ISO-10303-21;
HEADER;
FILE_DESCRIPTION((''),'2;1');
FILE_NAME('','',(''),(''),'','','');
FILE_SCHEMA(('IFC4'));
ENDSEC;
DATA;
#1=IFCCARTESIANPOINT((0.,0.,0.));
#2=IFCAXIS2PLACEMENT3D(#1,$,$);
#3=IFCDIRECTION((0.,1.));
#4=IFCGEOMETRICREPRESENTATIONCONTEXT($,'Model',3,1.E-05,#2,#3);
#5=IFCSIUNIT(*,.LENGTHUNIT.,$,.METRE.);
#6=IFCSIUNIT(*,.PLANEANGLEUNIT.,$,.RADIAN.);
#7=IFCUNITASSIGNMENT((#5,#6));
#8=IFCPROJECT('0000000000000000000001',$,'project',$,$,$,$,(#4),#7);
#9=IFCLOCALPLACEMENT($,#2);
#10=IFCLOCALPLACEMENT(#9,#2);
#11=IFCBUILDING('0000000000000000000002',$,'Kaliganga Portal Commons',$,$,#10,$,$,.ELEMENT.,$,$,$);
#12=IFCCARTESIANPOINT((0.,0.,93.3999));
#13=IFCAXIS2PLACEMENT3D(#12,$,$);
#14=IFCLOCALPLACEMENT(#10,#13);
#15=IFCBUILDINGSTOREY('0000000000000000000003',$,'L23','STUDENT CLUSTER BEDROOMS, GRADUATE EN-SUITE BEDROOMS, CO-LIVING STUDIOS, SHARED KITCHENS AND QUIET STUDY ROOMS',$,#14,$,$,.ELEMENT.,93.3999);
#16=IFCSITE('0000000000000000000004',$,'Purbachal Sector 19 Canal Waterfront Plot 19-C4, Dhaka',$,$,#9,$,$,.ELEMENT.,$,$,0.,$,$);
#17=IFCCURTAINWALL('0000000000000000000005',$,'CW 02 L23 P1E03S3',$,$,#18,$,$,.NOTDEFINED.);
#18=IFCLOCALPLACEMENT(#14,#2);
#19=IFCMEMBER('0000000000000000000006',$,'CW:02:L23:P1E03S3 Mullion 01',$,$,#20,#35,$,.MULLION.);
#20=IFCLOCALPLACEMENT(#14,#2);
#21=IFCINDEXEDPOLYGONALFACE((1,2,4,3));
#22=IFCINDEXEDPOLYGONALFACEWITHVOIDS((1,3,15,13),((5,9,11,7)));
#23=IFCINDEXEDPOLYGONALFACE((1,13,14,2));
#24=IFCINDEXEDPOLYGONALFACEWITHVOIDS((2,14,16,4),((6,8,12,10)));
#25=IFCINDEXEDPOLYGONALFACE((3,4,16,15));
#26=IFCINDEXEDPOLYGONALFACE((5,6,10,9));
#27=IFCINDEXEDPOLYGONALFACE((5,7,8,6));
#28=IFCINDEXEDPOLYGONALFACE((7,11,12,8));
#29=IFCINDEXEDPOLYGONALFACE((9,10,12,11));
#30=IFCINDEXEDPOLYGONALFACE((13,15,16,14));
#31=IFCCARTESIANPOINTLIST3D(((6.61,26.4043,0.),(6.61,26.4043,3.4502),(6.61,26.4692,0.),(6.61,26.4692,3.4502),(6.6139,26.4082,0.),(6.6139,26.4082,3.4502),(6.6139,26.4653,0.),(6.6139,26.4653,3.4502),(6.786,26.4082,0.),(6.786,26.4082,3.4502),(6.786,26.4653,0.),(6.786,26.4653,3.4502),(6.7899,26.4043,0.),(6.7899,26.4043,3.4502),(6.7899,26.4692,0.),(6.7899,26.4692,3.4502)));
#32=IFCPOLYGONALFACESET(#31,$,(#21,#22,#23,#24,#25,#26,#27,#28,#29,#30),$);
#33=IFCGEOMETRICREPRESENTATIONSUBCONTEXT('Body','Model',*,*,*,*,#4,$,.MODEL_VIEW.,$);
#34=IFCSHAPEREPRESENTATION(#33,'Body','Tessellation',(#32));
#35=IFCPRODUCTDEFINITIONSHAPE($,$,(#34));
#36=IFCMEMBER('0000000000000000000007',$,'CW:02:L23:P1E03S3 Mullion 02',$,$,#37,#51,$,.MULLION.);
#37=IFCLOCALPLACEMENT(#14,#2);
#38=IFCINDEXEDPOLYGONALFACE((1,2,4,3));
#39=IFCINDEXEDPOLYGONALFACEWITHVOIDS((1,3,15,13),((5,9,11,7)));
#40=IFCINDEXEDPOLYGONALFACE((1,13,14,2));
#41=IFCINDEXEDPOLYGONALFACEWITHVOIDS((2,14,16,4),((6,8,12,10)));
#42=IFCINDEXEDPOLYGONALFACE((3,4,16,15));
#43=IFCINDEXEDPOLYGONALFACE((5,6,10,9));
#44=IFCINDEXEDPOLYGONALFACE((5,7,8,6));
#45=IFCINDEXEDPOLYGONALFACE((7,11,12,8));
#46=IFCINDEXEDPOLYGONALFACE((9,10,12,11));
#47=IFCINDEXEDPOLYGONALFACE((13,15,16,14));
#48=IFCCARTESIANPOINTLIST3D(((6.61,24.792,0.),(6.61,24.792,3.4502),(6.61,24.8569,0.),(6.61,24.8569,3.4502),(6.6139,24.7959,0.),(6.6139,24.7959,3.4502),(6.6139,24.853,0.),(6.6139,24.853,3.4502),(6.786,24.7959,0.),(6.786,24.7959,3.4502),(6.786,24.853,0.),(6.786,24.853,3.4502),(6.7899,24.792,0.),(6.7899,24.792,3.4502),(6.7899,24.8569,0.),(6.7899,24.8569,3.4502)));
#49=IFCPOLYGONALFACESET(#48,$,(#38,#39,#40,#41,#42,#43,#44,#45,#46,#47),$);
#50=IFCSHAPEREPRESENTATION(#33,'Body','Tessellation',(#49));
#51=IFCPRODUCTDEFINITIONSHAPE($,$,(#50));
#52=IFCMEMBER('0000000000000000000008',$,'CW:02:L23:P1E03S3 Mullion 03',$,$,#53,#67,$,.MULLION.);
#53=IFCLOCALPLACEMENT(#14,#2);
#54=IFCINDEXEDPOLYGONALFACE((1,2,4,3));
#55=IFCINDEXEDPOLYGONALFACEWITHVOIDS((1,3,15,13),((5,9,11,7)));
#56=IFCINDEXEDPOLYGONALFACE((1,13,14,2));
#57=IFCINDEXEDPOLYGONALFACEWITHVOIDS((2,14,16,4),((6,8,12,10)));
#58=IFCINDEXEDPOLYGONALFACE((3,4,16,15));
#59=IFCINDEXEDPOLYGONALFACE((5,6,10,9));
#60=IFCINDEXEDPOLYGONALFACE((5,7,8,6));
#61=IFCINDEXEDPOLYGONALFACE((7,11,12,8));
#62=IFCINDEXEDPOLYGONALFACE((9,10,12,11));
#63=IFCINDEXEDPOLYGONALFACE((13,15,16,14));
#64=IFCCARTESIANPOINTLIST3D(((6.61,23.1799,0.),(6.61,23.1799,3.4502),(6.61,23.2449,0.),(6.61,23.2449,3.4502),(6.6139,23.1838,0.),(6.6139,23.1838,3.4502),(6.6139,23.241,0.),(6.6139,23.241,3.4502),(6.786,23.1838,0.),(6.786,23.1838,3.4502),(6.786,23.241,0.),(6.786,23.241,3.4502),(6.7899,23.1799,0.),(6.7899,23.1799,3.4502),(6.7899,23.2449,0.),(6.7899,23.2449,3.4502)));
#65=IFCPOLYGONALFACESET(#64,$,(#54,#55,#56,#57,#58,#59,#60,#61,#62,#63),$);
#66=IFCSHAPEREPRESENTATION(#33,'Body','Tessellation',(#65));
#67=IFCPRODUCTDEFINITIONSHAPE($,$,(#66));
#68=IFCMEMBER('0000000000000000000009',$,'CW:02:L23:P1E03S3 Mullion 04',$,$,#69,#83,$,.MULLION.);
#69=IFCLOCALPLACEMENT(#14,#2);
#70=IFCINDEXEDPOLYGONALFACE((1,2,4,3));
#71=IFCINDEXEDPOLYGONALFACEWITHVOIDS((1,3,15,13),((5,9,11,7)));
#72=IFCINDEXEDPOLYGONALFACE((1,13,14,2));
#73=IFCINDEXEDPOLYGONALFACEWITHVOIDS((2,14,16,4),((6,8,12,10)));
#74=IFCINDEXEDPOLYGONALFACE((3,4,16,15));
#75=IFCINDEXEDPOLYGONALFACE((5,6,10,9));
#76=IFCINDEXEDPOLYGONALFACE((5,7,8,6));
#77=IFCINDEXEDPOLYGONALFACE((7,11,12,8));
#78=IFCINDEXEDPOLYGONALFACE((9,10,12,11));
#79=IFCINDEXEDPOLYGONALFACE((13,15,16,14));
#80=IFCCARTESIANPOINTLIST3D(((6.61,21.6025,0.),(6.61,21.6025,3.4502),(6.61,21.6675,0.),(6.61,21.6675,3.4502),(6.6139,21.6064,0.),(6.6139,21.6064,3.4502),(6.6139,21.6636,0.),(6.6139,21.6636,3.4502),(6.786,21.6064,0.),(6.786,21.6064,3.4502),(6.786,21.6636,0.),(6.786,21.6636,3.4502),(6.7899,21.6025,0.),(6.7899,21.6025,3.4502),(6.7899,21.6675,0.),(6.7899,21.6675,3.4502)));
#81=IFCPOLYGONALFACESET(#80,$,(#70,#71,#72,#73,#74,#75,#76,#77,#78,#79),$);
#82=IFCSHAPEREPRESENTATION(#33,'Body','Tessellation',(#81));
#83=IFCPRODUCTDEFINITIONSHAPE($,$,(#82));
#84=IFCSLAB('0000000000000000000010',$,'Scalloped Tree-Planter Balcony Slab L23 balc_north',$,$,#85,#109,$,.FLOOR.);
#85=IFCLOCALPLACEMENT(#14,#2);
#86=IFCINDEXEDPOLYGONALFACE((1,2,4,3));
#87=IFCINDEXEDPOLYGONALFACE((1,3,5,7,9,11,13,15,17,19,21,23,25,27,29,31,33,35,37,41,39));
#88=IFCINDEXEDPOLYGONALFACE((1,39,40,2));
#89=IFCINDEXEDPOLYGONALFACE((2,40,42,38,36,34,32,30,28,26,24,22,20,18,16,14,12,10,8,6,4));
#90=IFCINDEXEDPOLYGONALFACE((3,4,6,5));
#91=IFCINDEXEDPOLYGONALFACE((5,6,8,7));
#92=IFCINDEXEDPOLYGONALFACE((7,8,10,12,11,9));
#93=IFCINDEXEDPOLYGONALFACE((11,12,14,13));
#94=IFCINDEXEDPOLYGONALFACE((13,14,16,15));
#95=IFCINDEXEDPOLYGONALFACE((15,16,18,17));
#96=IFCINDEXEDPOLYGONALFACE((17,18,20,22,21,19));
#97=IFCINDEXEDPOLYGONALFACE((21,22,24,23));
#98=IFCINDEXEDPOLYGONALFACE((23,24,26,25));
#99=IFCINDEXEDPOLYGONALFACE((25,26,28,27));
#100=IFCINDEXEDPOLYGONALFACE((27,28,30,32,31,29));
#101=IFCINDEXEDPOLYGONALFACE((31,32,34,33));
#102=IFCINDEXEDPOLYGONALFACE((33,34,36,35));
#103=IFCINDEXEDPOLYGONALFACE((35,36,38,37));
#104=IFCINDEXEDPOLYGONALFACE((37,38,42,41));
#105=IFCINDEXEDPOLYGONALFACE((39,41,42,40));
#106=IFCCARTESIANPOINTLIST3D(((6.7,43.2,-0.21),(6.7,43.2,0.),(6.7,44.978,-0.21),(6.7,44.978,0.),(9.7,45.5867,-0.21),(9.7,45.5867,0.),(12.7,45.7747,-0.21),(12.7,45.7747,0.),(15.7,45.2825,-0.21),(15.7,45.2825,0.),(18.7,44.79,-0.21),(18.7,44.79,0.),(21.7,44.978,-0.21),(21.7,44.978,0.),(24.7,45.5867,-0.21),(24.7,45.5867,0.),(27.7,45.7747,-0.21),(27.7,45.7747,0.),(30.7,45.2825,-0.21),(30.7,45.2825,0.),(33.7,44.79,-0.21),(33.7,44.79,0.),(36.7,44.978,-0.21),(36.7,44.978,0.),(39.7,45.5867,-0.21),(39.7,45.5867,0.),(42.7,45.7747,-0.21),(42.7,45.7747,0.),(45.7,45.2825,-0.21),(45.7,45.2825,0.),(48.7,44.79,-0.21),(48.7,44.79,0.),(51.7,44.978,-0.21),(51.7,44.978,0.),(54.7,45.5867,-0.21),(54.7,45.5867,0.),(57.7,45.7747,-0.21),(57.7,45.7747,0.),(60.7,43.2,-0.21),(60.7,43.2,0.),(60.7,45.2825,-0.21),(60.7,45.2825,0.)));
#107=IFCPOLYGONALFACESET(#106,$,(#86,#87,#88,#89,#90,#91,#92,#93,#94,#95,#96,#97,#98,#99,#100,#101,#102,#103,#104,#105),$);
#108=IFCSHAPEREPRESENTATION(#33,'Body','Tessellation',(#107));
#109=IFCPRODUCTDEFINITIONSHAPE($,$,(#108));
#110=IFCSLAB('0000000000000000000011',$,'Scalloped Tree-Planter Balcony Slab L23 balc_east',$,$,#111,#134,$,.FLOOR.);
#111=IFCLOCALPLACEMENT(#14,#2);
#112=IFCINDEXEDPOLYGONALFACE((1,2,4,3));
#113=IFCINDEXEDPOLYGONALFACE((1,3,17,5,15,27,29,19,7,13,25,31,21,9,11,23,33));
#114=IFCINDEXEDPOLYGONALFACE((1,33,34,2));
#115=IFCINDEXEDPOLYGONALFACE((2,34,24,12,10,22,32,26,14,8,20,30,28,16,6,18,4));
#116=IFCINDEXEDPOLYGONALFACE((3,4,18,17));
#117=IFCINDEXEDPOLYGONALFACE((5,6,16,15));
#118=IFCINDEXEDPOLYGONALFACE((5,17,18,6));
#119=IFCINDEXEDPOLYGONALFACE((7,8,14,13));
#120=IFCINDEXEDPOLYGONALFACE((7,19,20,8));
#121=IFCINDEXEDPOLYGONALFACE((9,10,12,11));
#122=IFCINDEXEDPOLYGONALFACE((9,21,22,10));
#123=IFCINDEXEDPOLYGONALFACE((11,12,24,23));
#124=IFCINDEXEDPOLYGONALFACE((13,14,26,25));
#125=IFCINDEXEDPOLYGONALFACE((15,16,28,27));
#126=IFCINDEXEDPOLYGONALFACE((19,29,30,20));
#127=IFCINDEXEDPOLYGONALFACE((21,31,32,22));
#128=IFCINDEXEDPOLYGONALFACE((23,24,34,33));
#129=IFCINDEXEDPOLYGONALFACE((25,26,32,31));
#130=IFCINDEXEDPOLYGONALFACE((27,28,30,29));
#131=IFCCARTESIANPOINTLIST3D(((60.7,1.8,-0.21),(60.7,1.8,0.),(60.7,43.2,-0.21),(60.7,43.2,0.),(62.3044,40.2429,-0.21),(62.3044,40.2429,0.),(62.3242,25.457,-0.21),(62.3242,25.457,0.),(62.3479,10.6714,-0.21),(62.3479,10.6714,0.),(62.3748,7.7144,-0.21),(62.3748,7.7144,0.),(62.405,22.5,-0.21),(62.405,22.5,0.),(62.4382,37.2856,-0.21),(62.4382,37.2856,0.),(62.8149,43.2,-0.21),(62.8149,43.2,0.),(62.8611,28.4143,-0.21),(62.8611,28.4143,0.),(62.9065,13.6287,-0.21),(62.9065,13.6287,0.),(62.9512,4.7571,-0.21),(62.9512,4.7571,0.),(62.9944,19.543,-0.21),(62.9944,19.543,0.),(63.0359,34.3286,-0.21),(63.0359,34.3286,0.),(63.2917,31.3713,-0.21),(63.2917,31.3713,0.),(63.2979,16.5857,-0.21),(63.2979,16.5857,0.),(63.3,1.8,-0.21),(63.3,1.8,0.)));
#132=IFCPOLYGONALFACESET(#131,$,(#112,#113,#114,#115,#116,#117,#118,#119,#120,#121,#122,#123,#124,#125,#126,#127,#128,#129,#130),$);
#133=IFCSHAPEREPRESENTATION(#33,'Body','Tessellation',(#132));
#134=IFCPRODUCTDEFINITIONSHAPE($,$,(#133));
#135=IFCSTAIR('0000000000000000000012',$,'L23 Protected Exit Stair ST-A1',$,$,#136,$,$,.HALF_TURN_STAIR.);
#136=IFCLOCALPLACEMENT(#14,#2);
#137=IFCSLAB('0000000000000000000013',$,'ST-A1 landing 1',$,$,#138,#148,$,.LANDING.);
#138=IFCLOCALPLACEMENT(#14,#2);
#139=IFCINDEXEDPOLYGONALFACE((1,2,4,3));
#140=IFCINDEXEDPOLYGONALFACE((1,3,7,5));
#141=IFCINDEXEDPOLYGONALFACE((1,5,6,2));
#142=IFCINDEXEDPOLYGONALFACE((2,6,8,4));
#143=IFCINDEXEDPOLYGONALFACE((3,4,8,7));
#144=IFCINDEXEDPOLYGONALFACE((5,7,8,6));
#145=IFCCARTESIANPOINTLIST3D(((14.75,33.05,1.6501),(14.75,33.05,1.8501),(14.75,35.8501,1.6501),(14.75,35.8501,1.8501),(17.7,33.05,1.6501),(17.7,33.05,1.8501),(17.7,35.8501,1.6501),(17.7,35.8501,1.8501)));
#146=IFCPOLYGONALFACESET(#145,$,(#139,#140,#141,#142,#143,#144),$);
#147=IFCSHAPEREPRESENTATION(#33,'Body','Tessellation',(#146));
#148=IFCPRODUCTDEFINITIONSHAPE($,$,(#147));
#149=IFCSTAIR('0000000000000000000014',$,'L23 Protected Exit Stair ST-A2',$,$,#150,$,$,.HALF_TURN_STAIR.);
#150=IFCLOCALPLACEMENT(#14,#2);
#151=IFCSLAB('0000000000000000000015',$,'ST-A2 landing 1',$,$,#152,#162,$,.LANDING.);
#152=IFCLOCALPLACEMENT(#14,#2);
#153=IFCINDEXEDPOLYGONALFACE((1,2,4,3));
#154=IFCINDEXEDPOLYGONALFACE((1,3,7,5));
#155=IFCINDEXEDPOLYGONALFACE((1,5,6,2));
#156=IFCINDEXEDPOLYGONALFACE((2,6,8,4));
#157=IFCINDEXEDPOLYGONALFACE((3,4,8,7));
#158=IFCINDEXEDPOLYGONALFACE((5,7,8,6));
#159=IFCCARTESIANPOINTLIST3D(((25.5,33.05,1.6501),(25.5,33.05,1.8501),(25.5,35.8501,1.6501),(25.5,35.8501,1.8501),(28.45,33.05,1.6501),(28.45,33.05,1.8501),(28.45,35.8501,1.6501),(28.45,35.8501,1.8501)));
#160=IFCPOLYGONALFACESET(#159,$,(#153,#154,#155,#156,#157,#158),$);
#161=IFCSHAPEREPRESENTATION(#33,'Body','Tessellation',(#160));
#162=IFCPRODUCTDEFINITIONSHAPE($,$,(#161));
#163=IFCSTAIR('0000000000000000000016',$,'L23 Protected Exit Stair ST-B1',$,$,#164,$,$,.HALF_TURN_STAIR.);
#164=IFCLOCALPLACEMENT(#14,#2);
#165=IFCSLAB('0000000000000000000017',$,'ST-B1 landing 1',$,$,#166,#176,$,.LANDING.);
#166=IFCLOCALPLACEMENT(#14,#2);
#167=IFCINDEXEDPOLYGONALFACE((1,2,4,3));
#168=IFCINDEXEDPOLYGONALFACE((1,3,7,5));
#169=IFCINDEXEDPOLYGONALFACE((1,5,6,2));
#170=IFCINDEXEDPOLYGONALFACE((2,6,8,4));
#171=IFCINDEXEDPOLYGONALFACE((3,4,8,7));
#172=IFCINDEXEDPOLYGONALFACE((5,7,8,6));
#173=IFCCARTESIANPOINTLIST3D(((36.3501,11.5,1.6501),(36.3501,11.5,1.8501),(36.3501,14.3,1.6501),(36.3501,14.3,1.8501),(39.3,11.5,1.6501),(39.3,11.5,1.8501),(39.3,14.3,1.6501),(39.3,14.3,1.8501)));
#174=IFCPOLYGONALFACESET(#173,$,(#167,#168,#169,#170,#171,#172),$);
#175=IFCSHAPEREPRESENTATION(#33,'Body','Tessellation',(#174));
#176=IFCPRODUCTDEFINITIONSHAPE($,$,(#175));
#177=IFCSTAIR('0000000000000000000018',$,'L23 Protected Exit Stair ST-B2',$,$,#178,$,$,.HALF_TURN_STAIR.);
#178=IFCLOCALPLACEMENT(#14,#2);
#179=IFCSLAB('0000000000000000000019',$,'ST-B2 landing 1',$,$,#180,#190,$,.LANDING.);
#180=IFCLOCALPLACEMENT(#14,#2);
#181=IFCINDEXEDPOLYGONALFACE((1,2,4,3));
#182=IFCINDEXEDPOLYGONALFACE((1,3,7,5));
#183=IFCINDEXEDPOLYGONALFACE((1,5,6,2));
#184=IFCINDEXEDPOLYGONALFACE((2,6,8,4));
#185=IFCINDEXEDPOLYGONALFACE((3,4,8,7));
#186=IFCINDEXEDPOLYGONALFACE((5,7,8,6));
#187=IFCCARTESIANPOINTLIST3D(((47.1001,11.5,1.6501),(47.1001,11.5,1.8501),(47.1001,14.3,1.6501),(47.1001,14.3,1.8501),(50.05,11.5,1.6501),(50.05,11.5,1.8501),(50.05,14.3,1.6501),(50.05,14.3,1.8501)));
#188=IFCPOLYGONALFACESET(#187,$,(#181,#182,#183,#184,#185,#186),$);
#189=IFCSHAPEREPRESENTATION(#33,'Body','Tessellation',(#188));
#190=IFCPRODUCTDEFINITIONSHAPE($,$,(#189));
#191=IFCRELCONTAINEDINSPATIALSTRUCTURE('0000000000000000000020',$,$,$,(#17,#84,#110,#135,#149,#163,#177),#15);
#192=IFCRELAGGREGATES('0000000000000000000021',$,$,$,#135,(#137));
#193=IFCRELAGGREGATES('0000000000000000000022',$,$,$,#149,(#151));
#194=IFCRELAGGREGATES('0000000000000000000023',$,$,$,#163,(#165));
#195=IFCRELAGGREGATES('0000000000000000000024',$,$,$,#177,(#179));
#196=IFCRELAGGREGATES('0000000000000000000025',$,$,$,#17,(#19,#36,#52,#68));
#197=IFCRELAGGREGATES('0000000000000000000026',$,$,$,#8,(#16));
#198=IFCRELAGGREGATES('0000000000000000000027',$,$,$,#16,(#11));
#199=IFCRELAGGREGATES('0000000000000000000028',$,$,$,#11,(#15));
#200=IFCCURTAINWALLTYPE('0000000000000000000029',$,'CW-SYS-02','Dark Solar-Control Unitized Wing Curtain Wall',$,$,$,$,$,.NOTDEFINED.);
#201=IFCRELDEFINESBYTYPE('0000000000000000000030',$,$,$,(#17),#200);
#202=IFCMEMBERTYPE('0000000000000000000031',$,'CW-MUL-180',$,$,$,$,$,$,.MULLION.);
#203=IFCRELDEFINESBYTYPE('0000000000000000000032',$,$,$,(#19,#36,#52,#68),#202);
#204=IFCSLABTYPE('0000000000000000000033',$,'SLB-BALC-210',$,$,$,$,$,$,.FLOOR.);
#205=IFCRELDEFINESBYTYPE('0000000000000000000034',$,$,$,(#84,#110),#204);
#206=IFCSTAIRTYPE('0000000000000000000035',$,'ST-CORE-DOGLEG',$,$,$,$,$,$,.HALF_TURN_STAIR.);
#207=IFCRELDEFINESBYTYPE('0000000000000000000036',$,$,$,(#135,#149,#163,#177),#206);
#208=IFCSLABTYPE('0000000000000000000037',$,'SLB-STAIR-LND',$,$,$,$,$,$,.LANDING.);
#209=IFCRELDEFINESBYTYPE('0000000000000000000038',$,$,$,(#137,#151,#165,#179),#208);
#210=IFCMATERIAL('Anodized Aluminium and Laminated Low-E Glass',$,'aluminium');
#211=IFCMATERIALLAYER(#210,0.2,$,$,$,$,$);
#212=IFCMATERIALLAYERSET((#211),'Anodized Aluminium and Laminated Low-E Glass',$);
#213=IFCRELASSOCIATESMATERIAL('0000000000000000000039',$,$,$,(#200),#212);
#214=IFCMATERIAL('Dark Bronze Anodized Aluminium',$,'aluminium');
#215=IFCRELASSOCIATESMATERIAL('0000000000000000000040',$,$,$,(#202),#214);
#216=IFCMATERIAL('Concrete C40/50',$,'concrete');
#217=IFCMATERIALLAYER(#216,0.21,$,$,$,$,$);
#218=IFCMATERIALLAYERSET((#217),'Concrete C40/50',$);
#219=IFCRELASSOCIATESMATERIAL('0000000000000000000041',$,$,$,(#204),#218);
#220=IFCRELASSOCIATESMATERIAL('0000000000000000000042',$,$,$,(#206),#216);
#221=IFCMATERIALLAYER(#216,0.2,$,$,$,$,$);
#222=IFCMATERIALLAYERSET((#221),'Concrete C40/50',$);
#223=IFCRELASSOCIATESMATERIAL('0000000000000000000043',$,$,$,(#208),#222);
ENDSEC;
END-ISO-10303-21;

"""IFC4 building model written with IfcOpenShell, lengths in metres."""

from ifc_helpers import new_model, si_unit, direction, frame, origin, origin_2d, place, context, subcontext, project, spatial, polyline, hollow_rectangle, outline, extrude, source, transform, mapped, material, layer, layer_set, material_profile, profile_set, type_object, element, aggregate, save


model = new_model("IFC4")

# Units and contexts
model_context = context("Model", 3, precision=1e-05, world=origin(), true_north=direction((0.0, 1.0)))
body_context = subcontext(model_context, "Body", "Model", "MODEL_VIEW")
ifc_project = project(units=[si_unit("LENGTHUNIT", "METRE"), si_unit("PLANEANGLEUNIT", "RADIAN")], contexts=[model_context])

# Site, building, storey
site_placement = place(None, origin())
site = spatial("IfcSite", under=ifc_project, at=site_placement, Name="Purbachal Sector 19 Canal Waterfront Plot 19-C4, Dhaka", CompositionType="ELEMENT", RefElevation=0.0)
building_placement = place(site_placement, origin())
building = spatial("IfcBuilding", under=site, at=building_placement, Name="Kaliganga Portal Commons", CompositionType="ELEMENT")
storey_placement = place(building_placement, frame((0.0, 0.0, 93.3999)))
storey = spatial("IfcBuildingStorey", under=building, at=storey_placement, Name="L23", Description="STUDENT CLUSTER BEDROOMS, GRADUATE EN-SUITE BEDROOMS, CO-LIVING STUDIOS, SHARED KITCHENS AND QUIET STUDY ROOMS", CompositionType="ELEMENT", Elevation=93.3999)

# Curtain wall, members
ifc_material_1 = material(Name="Anodized Aluminium and Laminated Low-E Glass", Category="aluminium")
ifc_layer_1 = layer(ifc_material_1, 0.2)
ifc_layer_set_1 = layer_set([ifc_layer_1], Name="Anodized Aluminium and Laminated Low-E Glass")
curtain_wall_type = type_object("IfcCurtainWallType", Name="CW-SYS-02", Description="Dark Solar-Control Unitized Wing Curtain Wall", PredefinedType="NOTDEFINED", material=ifc_layer_set_1)
curtain_wall_placement = place(storey_placement, origin())
curtain_wall = element("IfcCurtainWall", 1, at=curtain_wall_placement, inside=storey, type_object=curtain_wall_type, Name="CW 02 L23 P1E03S3", PredefinedType="NOTDEFINED")
ifc_material_2 = material(Name="Dark Bronze Anodized Aluminium", Category="aluminium")
ifc_material_profile = material_profile(ifc_material_2, hollow_rectangle(XDim=0.0649, YDim=0.1799, WallThickness=0.0039, at=origin_2d()), Name="ALU MULL 65x180x4")
ifc_profile_set = profile_set([ifc_material_profile], Name="Dark Bronze Anodized Aluminium")
member_type = type_object("IfcMemberType", Name="CW-MUL-180", PredefinedType="MULLION", material=ifc_profile_set)
shared_shape_1 = source(origin(), body_context, "Body", "SweptSolid", [
    extrude(hollow_rectangle(XDim=0.0649, YDim=0.1799, WallThickness=0.0039, at=origin_2d()), origin(), (0.0, 0.0, 1.0), 3.4502),
])
member_1_placement = place(storey_placement, frame((6.7, 26.4368, 0.0), z_axis=(0.0, 0.0, 1.0), x_axis=(0.0, -1.0, 0.0)))
member_1 = element("IfcMember", 2, at=member_1_placement, type_object=member_type, Name="CW:02:L23:P1E03S3 Mullion 01", PredefinedType="MULLION", context=body_context, shape_type="MappedRepresentation", body=[
    mapped(shared_shape_1, transform((0.0, 0.0, 0.0), x_axis=(1.0, 0.0, 0.0), y_axis=(0.0, 1.0, 0.0), z_axis=(0.0, 0.0, 1.0), scale=1.0)),
])
member_2_placement = place(storey_placement, frame((6.7, 24.8245, 0.0), z_axis=(0.0, 0.0, 1.0), x_axis=(0.0, -1.0, 0.0)))
member_2 = element("IfcMember", 3, at=member_2_placement, type_object=member_type, Name="CW:02:L23:P1E03S3 Mullion 02", PredefinedType="MULLION", context=body_context, shape_type="MappedRepresentation", body=[
    mapped(shared_shape_1, transform((0.0, 0.0, 0.0), x_axis=(1.0, 0.0, 0.0), y_axis=(0.0, 1.0, 0.0), z_axis=(0.0, 0.0, 1.0), scale=1.0)),
])
member_3_placement = place(storey_placement, frame((6.7, 23.2124, 0.0), z_axis=(0.0, 0.0, 1.0), x_axis=(0.0, -1.0, 0.0)))
member_3 = element("IfcMember", 4, at=member_3_placement, type_object=member_type, Name="CW:02:L23:P1E03S3 Mullion 03", PredefinedType="MULLION", context=body_context, shape_type="MappedRepresentation", body=[
    mapped(shared_shape_1, transform((0.0, 0.0, 0.0), x_axis=(1.0, 0.0, 0.0), y_axis=(0.0, 1.0, 0.0), z_axis=(0.0, 0.0, 1.0), scale=1.0)),
])
member_4_placement = place(storey_placement, frame((6.7, 21.635, 0.0), z_axis=(0.0, 0.0, 1.0), x_axis=(0.0, -1.0, 0.0)))
member_4 = element("IfcMember", 5, at=member_4_placement, type_object=member_type, Name="CW:02:L23:P1E03S3 Mullion 04", PredefinedType="MULLION", context=body_context, shape_type="MappedRepresentation", body=[
    mapped(shared_shape_1, transform((0.0, 0.0, 0.0), x_axis=(1.0, 0.0, 0.0), y_axis=(0.0, 1.0, 0.0), z_axis=(0.0, 0.0, 1.0), scale=1.0)),
])

# Slabs
ifc_material_3 = material(Name="Concrete C40/50", Category="concrete")
ifc_layer_2 = layer(ifc_material_3, 0.21)
ifc_layer_set_2 = layer_set([ifc_layer_2], Name="Concrete C40/50")
slab_type_1 = type_object("IfcSlabType", Name="SLB-BALC-210", PredefinedType="FLOOR", material=ifc_layer_set_2)
slab_1_placement = place(storey_placement, frame((0.0, 0.0, -0.21)))
element("IfcSlab", 6, at=slab_1_placement, inside=storey, type_object=slab_type_1, Name="Scalloped Tree-Planter Balcony Slab L23 balc_north", PredefinedType="FLOOR", context=body_context, shape_type="SweptSolid", body=[
    extrude(outline(polyline([(60.7, 43.2), (60.7, 45.2825), (57.7, 45.7747), (54.7, 45.5867), (51.7, 44.978), (48.7, 44.79), (45.7, 45.2825), (42.7, 45.7747), (39.7, 45.5867), (36.7, 44.978), (33.7, 44.79), (30.7, 45.2825), (27.7, 45.7747), (24.7, 45.5867), (21.7, 44.978), (18.7, 44.79), (15.7, 45.2825), (12.7, 45.7747), (9.7, 45.5867), (6.7, 44.978), (6.7, 43.2), (60.7, 43.2)])), origin(), (0.0, 0.0, 1.0), 0.21),
])
slab_2_placement = place(storey_placement, frame((0.0, 0.0, -0.21)))
element("IfcSlab", 7, at=slab_2_placement, inside=storey, type_object=slab_type_1, Name="Scalloped Tree-Planter Balcony Slab L23 balc_east", PredefinedType="FLOOR", context=body_context, shape_type="SweptSolid", body=[
    extrude(outline(polyline([(60.7, 1.8), (63.3, 1.8), (62.9512, 4.7571), (62.3748, 7.7144), (62.3479, 10.6714), (62.9065, 13.6287), (63.2979, 16.5857), (62.9944, 19.543), (62.405, 22.5), (62.3242, 25.457), (62.8611, 28.4143), (63.2917, 31.3713), (63.0359, 34.3286), (62.4382, 37.2856), (62.3044, 40.2429), (62.8149, 43.2), (60.7, 43.2), (60.7, 1.8)])), origin(), (0.0, 0.0, 1.0), 0.21),
])

# Stairs, slabs
stair_type = type_object("IfcStairType", Name="ST-CORE-DOGLEG", PredefinedType="HALF_TURN_STAIR", material=ifc_material_3)
stair_1_placement = place(storey_placement, origin())
stair_1 = element("IfcStair", 8, at=stair_1_placement, inside=storey, type_object=stair_type, Name="L23 Protected Exit Stair ST-A1", PredefinedType="HALF_TURN_STAIR")
ifc_layer_3 = layer(ifc_material_3, 0.2)
ifc_layer_set_3 = layer_set([ifc_layer_3], Name="Concrete C40/50")
slab_type_2 = type_object("IfcSlabType", Name="SLB-STAIR-LND", PredefinedType="LANDING", material=ifc_layer_set_3)
slab_3_placement = place(storey_placement, frame((0.0, 0.0, 1.6501)))
slab_3 = element("IfcSlab", 9, at=slab_3_placement, type_object=slab_type_2, Name="ST-A1 landing 1", PredefinedType="LANDING", context=body_context, shape_type="SweptSolid", body=[
    extrude(outline(polyline([(17.7, 33.05), (17.7, 35.8501), (14.75, 35.8501), (14.75, 33.05), (17.7, 33.05)])), origin(), (0.0, 0.0, 1.0), 0.2),
])
aggregate(stair_1, [slab_3])
stair_2_placement = place(storey_placement, origin())
stair_2 = element("IfcStair", 10, at=stair_2_placement, inside=storey, type_object=stair_type, Name="L23 Protected Exit Stair ST-A2", PredefinedType="HALF_TURN_STAIR")
slab_4_placement = place(storey_placement, frame((0.0, 0.0, 1.6501)))
slab_4 = element("IfcSlab", 11, at=slab_4_placement, type_object=slab_type_2, Name="ST-A2 landing 1", PredefinedType="LANDING", context=body_context, shape_type="SweptSolid", body=[
    extrude(outline(polyline([(28.45, 33.05), (28.45, 35.8501), (25.5, 35.8501), (25.5, 33.05), (28.45, 33.05)])), origin(), (0.0, 0.0, 1.0), 0.2),
])
aggregate(stair_2, [slab_4])
stair_3_placement = place(storey_placement, origin())
stair_3 = element("IfcStair", 12, at=stair_3_placement, inside=storey, type_object=stair_type, Name="L23 Protected Exit Stair ST-B1", PredefinedType="HALF_TURN_STAIR")
slab_5_placement = place(storey_placement, frame((0.0, 0.0, 1.6501)))
slab_5 = element("IfcSlab", 13, at=slab_5_placement, type_object=slab_type_2, Name="ST-B1 landing 1", PredefinedType="LANDING", context=body_context, shape_type="SweptSolid", body=[
    extrude(outline(polyline([(39.3, 11.5), (39.3, 14.3), (36.3501, 14.3), (36.3501, 11.5), (39.3, 11.5)])), origin(), (0.0, 0.0, 1.0), 0.2),
])
aggregate(stair_3, [slab_5])
stair_4_placement = place(storey_placement, origin())
stair_4 = element("IfcStair", 14, at=stair_4_placement, inside=storey, type_object=stair_type, Name="L23 Protected Exit Stair ST-B2", PredefinedType="HALF_TURN_STAIR")
slab_6_placement = place(storey_placement, frame((0.0, 0.0, 1.6501)))
slab_6 = element("IfcSlab", 15, at=slab_6_placement, type_object=slab_type_2, Name="ST-B2 landing 1", PredefinedType="LANDING", context=body_context, shape_type="SweptSolid", body=[
    extrude(outline(polyline([(50.05, 11.5), (50.05, 14.3), (47.1001, 14.3), (47.1001, 11.5), (50.05, 11.5)])), origin(), (0.0, 0.0, 1.0), 0.2),
])
aggregate(stair_4, [slab_6])

aggregate(curtain_wall, [member_1, member_2, member_3, member_4])

save(model, "model.ifc")
